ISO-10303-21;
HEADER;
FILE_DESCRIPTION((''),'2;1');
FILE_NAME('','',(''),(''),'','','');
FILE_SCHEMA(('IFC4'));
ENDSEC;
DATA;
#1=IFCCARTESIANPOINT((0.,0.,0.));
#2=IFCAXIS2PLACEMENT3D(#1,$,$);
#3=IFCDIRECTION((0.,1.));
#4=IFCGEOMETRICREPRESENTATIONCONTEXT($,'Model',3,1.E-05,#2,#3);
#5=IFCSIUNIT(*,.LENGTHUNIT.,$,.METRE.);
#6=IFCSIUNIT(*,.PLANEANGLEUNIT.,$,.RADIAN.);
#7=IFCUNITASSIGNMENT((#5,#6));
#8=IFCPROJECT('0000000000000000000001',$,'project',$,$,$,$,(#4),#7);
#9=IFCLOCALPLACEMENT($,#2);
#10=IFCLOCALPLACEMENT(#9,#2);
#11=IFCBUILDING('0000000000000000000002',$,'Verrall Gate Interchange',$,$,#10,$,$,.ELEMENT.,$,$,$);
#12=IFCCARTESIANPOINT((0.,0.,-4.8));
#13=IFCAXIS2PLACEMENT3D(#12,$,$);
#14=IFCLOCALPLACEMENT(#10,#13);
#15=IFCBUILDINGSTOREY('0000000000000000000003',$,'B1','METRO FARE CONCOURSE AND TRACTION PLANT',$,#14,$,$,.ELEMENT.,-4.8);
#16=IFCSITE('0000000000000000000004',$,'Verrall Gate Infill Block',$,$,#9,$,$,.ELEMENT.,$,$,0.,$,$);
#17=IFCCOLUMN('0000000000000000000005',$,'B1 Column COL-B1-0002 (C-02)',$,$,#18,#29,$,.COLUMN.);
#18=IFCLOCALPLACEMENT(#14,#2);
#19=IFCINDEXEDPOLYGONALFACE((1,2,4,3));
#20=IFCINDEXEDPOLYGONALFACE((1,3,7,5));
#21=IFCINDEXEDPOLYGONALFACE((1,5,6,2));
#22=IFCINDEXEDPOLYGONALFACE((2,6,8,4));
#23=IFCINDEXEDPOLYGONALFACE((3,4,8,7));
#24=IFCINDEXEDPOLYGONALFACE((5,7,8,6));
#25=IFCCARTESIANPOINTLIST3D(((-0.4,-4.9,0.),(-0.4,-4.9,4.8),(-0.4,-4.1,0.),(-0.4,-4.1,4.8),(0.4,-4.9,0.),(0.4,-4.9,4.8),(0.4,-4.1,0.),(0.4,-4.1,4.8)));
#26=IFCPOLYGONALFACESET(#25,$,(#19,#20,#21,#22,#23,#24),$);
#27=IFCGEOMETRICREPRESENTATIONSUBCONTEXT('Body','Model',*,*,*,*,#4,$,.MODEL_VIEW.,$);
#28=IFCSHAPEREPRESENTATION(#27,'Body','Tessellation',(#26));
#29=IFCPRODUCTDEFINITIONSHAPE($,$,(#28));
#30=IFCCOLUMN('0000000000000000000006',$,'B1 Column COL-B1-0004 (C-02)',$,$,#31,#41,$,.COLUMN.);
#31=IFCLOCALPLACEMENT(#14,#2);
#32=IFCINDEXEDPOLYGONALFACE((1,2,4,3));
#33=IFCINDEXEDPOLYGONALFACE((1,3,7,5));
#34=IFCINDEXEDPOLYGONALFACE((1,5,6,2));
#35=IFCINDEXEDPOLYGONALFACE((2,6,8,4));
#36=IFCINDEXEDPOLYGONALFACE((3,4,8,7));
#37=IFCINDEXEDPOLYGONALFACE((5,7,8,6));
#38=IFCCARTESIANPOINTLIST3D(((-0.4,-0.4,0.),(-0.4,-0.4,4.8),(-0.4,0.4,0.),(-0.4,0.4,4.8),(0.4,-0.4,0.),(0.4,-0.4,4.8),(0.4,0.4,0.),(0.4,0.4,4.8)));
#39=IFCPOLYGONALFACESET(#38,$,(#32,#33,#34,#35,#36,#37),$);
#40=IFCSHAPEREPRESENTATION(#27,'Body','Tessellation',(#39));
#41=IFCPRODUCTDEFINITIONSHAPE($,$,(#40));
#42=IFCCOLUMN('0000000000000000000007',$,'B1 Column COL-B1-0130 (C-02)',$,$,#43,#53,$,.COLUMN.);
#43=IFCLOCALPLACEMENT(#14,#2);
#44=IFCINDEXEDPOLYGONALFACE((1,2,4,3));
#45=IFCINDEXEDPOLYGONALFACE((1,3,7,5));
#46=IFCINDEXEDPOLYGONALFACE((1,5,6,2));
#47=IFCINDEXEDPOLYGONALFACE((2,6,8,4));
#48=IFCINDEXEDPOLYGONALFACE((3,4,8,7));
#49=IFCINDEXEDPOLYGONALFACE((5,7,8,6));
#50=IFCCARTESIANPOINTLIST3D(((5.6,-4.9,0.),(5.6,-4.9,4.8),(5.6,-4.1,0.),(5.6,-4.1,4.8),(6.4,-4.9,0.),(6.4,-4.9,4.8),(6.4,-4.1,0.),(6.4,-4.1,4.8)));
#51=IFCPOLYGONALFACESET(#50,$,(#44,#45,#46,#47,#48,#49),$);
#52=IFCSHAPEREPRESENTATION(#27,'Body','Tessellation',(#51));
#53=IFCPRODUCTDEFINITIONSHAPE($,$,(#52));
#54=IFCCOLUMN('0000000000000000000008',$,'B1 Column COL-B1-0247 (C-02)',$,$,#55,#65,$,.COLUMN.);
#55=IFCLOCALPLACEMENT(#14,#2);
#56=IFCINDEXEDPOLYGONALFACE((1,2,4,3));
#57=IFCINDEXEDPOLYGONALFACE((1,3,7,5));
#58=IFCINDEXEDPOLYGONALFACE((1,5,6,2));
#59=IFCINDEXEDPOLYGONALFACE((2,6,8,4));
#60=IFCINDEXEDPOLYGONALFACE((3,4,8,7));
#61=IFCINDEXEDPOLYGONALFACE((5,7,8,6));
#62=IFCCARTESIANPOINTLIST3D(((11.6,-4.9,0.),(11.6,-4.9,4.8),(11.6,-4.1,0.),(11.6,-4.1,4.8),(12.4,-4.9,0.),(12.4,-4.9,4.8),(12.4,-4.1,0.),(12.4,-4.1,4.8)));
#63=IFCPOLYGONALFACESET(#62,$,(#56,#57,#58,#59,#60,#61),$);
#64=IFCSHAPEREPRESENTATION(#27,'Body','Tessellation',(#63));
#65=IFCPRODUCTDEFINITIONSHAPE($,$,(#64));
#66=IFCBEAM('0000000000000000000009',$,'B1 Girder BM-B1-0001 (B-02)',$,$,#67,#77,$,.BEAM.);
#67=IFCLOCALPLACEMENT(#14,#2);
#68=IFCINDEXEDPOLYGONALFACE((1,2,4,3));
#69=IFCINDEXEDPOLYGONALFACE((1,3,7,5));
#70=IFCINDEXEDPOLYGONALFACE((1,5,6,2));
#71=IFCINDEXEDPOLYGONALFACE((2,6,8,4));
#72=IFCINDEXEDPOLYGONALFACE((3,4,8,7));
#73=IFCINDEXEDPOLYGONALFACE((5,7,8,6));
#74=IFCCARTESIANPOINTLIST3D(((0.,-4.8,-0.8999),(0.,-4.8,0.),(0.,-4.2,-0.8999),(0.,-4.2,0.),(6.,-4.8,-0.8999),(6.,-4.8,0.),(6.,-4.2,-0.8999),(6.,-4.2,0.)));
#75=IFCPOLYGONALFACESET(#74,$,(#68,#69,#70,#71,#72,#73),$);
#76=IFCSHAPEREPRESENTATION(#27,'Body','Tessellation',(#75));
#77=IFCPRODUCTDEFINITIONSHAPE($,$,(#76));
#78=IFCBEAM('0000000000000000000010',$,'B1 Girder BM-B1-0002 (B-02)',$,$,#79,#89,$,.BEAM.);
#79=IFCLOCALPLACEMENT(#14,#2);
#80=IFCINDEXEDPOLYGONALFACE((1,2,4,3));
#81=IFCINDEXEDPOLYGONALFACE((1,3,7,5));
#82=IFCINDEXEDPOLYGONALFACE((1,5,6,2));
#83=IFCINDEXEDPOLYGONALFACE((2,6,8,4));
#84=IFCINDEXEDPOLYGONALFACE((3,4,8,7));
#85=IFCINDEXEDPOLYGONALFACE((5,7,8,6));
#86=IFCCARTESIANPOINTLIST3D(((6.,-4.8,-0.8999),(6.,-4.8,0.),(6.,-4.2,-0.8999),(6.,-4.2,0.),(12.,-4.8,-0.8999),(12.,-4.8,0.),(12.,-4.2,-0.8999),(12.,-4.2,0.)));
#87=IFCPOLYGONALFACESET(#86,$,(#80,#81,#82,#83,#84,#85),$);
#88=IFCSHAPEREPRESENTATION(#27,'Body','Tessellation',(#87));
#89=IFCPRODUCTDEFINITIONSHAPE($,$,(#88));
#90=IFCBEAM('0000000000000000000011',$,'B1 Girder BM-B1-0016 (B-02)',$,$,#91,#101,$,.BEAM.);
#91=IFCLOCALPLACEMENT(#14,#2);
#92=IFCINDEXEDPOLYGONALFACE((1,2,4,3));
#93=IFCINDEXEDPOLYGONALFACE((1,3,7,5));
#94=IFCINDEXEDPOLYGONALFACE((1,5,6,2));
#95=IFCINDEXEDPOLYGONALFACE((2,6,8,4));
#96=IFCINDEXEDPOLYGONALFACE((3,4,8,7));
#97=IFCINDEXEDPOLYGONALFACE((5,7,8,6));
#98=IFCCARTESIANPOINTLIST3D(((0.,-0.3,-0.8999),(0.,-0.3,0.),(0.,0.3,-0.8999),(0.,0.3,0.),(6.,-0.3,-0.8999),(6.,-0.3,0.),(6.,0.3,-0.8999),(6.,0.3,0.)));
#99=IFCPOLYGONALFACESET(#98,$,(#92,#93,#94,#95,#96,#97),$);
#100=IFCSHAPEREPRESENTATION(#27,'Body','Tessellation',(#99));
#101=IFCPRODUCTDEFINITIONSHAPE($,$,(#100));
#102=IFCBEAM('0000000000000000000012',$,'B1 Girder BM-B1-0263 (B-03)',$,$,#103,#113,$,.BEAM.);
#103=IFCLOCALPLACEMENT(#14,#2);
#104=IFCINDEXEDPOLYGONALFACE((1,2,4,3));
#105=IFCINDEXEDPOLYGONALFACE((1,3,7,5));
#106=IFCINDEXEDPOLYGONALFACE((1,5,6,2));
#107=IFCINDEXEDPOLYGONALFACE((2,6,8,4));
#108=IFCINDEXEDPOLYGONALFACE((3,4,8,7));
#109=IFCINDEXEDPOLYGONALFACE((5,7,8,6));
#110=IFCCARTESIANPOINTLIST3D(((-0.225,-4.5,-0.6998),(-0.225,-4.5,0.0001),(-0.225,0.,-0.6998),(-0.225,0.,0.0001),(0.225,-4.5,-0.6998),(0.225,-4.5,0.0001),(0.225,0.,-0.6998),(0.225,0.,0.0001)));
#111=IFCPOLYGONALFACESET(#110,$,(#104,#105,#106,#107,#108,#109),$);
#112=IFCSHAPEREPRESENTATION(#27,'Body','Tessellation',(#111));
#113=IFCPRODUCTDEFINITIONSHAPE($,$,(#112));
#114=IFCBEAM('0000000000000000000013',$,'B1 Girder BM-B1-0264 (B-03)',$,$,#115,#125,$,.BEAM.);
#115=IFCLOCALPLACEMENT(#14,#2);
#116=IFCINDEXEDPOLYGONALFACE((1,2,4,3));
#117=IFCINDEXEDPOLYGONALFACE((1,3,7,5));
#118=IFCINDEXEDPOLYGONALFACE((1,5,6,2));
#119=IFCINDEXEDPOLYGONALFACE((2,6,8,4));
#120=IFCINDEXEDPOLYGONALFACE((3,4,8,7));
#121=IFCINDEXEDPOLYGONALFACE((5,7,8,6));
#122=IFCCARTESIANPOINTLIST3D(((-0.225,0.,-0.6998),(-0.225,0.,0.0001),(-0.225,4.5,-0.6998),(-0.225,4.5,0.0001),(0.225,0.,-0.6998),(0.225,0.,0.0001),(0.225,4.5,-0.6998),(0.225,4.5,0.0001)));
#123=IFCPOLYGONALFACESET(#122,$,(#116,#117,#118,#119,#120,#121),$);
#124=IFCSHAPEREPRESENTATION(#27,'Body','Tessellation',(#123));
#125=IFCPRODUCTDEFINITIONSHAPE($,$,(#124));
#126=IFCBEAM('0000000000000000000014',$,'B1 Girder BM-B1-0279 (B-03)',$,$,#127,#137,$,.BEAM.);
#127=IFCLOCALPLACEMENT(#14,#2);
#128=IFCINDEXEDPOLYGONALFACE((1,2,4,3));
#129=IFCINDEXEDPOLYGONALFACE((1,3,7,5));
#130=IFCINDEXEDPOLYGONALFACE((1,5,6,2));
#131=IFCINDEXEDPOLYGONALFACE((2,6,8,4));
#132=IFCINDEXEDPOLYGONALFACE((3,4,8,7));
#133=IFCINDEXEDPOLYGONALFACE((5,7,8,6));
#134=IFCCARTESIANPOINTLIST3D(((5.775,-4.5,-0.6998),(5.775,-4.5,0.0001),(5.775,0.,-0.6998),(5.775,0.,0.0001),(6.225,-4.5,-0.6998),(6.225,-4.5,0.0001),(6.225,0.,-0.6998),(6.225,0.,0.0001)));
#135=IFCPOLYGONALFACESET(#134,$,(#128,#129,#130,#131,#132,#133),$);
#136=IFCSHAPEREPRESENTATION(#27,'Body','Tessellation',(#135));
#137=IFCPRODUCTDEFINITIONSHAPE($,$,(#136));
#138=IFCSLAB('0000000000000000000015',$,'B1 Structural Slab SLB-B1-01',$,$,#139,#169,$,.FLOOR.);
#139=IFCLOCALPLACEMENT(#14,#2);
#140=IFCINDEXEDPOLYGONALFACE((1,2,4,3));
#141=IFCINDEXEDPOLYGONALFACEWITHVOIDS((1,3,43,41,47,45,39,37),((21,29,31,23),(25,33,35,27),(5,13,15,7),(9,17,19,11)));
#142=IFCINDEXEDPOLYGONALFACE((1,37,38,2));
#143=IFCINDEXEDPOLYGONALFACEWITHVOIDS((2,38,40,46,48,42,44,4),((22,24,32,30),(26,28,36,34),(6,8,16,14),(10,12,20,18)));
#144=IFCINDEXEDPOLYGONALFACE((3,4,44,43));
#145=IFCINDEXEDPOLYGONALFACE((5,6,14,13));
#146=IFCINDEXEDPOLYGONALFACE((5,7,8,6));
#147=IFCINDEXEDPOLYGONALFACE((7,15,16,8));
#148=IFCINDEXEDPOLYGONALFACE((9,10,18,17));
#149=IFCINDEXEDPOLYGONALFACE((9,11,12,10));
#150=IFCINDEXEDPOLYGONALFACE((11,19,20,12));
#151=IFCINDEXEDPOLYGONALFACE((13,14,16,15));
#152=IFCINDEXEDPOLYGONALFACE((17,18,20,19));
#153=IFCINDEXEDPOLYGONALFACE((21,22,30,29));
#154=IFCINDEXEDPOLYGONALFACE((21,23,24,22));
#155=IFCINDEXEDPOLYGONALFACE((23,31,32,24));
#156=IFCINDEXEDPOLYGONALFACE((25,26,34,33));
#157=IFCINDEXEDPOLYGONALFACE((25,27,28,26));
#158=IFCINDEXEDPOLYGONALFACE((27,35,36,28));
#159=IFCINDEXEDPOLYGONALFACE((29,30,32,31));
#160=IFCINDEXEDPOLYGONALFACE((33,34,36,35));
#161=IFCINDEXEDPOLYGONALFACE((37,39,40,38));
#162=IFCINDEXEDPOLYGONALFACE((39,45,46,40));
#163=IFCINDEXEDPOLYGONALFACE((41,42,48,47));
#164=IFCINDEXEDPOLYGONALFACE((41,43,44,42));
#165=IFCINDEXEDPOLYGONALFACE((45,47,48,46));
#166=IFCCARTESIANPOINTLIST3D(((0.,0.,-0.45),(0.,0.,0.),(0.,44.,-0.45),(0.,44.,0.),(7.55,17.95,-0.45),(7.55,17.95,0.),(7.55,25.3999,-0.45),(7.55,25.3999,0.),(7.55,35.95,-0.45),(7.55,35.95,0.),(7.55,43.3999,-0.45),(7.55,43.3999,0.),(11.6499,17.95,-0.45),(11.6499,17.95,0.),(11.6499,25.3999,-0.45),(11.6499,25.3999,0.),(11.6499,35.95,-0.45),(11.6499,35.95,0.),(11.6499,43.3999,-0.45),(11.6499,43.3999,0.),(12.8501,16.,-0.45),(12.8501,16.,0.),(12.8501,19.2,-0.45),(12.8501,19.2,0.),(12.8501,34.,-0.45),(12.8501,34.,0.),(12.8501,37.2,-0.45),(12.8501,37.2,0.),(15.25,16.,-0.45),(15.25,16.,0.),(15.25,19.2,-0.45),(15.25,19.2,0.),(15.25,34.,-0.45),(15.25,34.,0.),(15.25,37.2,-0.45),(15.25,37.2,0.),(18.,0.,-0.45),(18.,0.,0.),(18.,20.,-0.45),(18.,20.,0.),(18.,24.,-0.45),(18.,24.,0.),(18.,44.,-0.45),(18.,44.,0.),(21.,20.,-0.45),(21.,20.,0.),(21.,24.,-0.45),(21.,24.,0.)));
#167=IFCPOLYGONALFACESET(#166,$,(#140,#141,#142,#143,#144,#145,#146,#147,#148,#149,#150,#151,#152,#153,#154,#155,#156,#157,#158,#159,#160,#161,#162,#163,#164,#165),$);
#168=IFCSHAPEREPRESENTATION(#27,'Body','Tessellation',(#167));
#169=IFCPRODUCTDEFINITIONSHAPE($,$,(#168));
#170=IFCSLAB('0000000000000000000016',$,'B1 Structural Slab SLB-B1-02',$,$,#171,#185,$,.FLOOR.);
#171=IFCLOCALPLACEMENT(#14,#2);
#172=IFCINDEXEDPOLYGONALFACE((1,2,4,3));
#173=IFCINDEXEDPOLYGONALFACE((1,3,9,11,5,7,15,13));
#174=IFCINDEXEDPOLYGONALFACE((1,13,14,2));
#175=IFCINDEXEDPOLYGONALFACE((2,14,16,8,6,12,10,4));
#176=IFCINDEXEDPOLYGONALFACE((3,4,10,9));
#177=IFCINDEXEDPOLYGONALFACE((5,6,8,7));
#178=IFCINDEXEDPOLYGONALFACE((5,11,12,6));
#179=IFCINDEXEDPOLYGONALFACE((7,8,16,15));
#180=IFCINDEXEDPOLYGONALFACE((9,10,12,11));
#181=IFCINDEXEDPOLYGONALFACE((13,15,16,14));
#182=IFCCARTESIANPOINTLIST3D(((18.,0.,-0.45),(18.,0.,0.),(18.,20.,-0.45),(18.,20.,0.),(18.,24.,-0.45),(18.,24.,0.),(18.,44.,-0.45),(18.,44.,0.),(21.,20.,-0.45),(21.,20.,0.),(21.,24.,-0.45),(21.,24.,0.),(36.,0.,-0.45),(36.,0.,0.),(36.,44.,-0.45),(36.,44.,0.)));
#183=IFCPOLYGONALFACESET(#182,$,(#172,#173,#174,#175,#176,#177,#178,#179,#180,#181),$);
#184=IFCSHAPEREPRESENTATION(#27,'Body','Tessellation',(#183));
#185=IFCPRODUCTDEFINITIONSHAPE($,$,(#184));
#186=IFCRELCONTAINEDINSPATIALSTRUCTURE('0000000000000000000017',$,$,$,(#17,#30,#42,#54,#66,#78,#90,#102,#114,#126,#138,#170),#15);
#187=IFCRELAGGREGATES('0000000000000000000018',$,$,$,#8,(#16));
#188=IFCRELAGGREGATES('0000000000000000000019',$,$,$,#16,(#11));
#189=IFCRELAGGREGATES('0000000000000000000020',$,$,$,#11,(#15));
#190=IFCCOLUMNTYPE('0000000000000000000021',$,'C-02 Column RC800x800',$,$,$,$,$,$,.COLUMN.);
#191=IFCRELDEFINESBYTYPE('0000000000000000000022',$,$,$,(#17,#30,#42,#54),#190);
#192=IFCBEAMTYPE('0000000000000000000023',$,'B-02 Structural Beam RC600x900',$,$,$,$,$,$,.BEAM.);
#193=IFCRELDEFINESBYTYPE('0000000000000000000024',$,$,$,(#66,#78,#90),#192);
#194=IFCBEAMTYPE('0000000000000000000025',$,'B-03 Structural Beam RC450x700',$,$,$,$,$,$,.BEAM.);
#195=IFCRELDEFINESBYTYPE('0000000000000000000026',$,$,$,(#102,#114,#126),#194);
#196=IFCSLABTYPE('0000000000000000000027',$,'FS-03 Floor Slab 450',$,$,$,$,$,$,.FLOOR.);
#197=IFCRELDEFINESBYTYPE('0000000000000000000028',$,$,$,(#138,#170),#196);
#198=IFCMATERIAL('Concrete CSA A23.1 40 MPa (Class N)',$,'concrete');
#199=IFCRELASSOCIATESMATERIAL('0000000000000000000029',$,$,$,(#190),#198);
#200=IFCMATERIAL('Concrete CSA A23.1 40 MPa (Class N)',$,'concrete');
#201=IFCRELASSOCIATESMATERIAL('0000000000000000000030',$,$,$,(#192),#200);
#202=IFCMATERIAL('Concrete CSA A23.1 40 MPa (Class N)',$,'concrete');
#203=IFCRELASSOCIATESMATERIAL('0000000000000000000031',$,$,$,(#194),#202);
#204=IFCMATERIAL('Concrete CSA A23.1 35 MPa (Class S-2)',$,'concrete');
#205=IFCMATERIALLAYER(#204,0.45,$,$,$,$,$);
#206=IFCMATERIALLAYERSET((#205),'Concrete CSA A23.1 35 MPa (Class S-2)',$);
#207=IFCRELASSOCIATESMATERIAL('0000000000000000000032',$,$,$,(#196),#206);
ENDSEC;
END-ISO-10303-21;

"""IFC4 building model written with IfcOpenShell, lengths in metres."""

from ifc_helpers import new_model, si_unit, direction, frame, origin, origin_2d, place, context, subcontext, project, spatial, polyline, rectangle, outline, extrude, material, layer, layer_set, material_profile, profile_set, type_object, element, save


model = new_model("IFC4")

# Units and contexts
model_context = context("Model", 3, precision=1e-05, world=origin(), true_north=direction((0.0, 1.0)))
body_context = subcontext(model_context, "Body", "Model", "MODEL_VIEW")
ifc_project = project(units=[si_unit("LENGTHUNIT", "METRE"), si_unit("PLANEANGLEUNIT", "RADIAN")], contexts=[model_context])

# Site, building, storey
site_placement = place(None, origin())
site = spatial("IfcSite", under=ifc_project, at=site_placement, Name="Verrall Gate Infill Block", CompositionType="ELEMENT", RefElevation=0.0)
building_placement = place(site_placement, origin())
building = spatial("IfcBuilding", under=site, at=building_placement, Name="Verrall Gate Interchange", CompositionType="ELEMENT")
storey_placement = place(building_placement, frame((0.0, 0.0, -4.8)))
storey = spatial("IfcBuildingStorey", under=building, at=storey_placement, Name="B1", Description="METRO FARE CONCOURSE AND TRACTION PLANT", CompositionType="ELEMENT", Elevation=-4.8)

# Columns
ifc_material_1 = material(Name="Concrete CSA A23.1 40 MPa (Class N)", Category="concrete")
ifc_material_profile_1 = material_profile(ifc_material_1, rectangle(XDim=0.8, YDim=0.8, at=origin_2d()), Name="RC800x800")
ifc_profile_set_1 = profile_set([ifc_material_profile_1], Name="Concrete CSA A23.1 40 MPa (Class N)")
column_type = type_object("IfcColumnType", Name="C-02 Column RC800x800", PredefinedType="COLUMN", material=ifc_profile_set_1)
for number, where, z_axis, x_axis, name in (
    (1, (0.0, -4.5, 0.0), (0.0, 0.0, 1.0), (1.0, 0.0, 0.0), "B1 Column COL-B1-0002 (C-02)"),
    (2, (0.0, 0.0, 0.0), (0.0, 0.0, 1.0), (1.0, 0.0, 0.0), "B1 Column COL-B1-0004 (C-02)"),
    (3, (6.0, -4.5, 0.0), (0.0, 0.0, 1.0), (1.0, 0.0, 0.0), "B1 Column COL-B1-0130 (C-02)"),
    (4, (12.0, -4.5, 0.0), (0.0, 0.0, 1.0), (1.0, 0.0, 0.0), "B1 Column COL-B1-0247 (C-02)"),
):
    element("IfcColumn", number, at=place(storey_placement, frame(where, z_axis=z_axis, x_axis=x_axis)), inside=storey, type_object=column_type, Name=name, PredefinedType="COLUMN", context=body_context, shape_type="SweptSolid", body=[
        extrude(rectangle(XDim=0.8, YDim=0.8, at=origin_2d()), origin(), (0.0, 0.0, 1.0), 4.8),
    ])

# Beams
ifc_material_2 = material(Name="Concrete CSA A23.1 40 MPa (Class N)", Category="concrete")
ifc_material_profile_2 = material_profile(ifc_material_2, rectangle(XDim=0.6001, YDim=0.8999, at=origin_2d()), Name="RC600x900")
ifc_profile_set_2 = profile_set([ifc_material_profile_2], Name="Concrete CSA A23.1 40 MPa (Class N)")
beam_type_1 = type_object("IfcBeamType", Name="B-02 Structural Beam RC600x900", PredefinedType="BEAM", material=ifc_profile_set_2)
for number, where, z_axis, x_axis, name in (
    (5, (0.0, -4.5, -0.45), (1.0, 0.0, 0.0), (0.0, 1.0, 0.0), "B1 Girder BM-B1-0001 (B-02)"),
    (6, (6.0, -4.5, -0.45), (1.0, 0.0, 0.0), (0.0, 1.0, 0.0), "B1 Girder BM-B1-0002 (B-02)"),
    (7, (0.0, 0.0, -0.45), (1.0, 0.0, 0.0), (0.0, 1.0, 0.0), "B1 Girder BM-B1-0016 (B-02)"),
):
    element("IfcBeam", number, at=place(storey_placement, frame(where, z_axis=z_axis, x_axis=x_axis)), inside=storey, type_object=beam_type_1, Name=name, PredefinedType="BEAM", context=body_context, shape_type="SweptSolid", body=[
        extrude(rectangle(XDim=0.6001, YDim=0.8999, at=origin_2d()), origin(), (0.0, 0.0, 1.0), 6.0),
    ])
ifc_material_3 = material(Name="Concrete CSA A23.1 40 MPa (Class N)", Category="concrete")
ifc_material_profile_3 = material_profile(ifc_material_3, rectangle(XDim=0.45, YDim=0.7, at=origin_2d()), Name="RC450x700")
ifc_profile_set_3 = profile_set([ifc_material_profile_3], Name="Concrete CSA A23.1 40 MPa (Class N)")
beam_type_2 = type_object("IfcBeamType", Name="B-03 Structural Beam RC450x700", PredefinedType="BEAM", material=ifc_profile_set_3)
for number, where, z_axis, x_axis, name in (
    (8, (0.0, -4.5, -0.3499), (0.0, 1.0, 0.0), (-1.0, 0.0, 0.0), "B1 Girder BM-B1-0263 (B-03)"),
    (9, (0.0, 0.0, -0.3499), (0.0, 1.0, 0.0), (-1.0, 0.0, 0.0), "B1 Girder BM-B1-0264 (B-03)"),
    (10, (6.0, -4.5, -0.3499), (0.0, 1.0, 0.0), (-1.0, 0.0, 0.0), "B1 Girder BM-B1-0279 (B-03)"),
):
    element("IfcBeam", number, at=place(storey_placement, frame(where, z_axis=z_axis, x_axis=x_axis)), inside=storey, type_object=beam_type_2, Name=name, PredefinedType="BEAM", context=body_context, shape_type="SweptSolid", body=[
        extrude(rectangle(XDim=0.45, YDim=0.7, at=origin_2d()), origin(), (0.0, 0.0, 1.0), 4.5),
    ])

# Slabs
ifc_material_4 = material(Name="Concrete CSA A23.1 35 MPa (Class S-2)", Category="concrete")
ifc_layer_1 = layer(ifc_material_4, 0.45)
ifc_layer_set_1 = layer_set([ifc_layer_1], Name="Concrete CSA A23.1 35 MPa (Class S-2)")
slab_type_1 = type_object("IfcSlabType", Name="FS-03 Floor Slab 450", PredefinedType="FLOOR", material=ifc_layer_set_1)
slab_1_placement = place(storey_placement, frame((0.0, 0.0, -0.45)))
element("IfcSlab", 11, at=slab_1_placement, inside=storey, type_object=slab_type_1, Name="B1 Structural Slab SLB-B1-01", PredefinedType="FLOOR", context=body_context, shape_type="SweptSolid", body=[
    extrude(outline(polyline([(0.0, 0.0), (0.0, 44.0), (18.0, 44.0), (18.0, 24.0), (21.0, 24.0), (21.0, 20.0), (18.0, 20.0), (18.0, 0.0), (0.0, 0.0)]), holes=[polyline([(15.25, 19.2), (12.8501, 19.2), (12.8501, 16.0), (15.25, 16.0), (15.25, 19.2)]), polyline([(15.25, 37.2), (12.8501, 37.2), (12.8501, 34.0), (15.25, 34.0), (15.25, 37.2)]), polyline([(11.6499, 17.95), (11.6499, 25.3999), (7.55, 25.3999), (7.55, 17.95), (11.6499, 17.95)]), polyline([(11.6499, 43.3999), (7.55, 43.3999), (7.55, 35.95), (11.6499, 35.95), (11.6499, 43.3999)])]), origin(), (0.0, 0.0, 1.0), 0.45),
])
slab_2_placement = place(storey_placement, frame((0.0, 0.0, -0.45)))
element("IfcSlab", 12, at=slab_2_placement, inside=storey, type_object=slab_type_1, Name="B1 Structural Slab SLB-B1-02", PredefinedType="FLOOR", context=body_context, shape_type="SweptSolid", body=[
    extrude(outline(polyline([(36.0, 0.0), (18.0, 0.0), (18.0, 20.0), (21.0, 20.0), (21.0, 24.0), (18.0, 24.0), (18.0, 44.0), (36.0, 44.0), (36.0, 0.0)])), origin(), (0.0, 0.0, 1.0), 0.45),
])

save(model, "model.ifc")
